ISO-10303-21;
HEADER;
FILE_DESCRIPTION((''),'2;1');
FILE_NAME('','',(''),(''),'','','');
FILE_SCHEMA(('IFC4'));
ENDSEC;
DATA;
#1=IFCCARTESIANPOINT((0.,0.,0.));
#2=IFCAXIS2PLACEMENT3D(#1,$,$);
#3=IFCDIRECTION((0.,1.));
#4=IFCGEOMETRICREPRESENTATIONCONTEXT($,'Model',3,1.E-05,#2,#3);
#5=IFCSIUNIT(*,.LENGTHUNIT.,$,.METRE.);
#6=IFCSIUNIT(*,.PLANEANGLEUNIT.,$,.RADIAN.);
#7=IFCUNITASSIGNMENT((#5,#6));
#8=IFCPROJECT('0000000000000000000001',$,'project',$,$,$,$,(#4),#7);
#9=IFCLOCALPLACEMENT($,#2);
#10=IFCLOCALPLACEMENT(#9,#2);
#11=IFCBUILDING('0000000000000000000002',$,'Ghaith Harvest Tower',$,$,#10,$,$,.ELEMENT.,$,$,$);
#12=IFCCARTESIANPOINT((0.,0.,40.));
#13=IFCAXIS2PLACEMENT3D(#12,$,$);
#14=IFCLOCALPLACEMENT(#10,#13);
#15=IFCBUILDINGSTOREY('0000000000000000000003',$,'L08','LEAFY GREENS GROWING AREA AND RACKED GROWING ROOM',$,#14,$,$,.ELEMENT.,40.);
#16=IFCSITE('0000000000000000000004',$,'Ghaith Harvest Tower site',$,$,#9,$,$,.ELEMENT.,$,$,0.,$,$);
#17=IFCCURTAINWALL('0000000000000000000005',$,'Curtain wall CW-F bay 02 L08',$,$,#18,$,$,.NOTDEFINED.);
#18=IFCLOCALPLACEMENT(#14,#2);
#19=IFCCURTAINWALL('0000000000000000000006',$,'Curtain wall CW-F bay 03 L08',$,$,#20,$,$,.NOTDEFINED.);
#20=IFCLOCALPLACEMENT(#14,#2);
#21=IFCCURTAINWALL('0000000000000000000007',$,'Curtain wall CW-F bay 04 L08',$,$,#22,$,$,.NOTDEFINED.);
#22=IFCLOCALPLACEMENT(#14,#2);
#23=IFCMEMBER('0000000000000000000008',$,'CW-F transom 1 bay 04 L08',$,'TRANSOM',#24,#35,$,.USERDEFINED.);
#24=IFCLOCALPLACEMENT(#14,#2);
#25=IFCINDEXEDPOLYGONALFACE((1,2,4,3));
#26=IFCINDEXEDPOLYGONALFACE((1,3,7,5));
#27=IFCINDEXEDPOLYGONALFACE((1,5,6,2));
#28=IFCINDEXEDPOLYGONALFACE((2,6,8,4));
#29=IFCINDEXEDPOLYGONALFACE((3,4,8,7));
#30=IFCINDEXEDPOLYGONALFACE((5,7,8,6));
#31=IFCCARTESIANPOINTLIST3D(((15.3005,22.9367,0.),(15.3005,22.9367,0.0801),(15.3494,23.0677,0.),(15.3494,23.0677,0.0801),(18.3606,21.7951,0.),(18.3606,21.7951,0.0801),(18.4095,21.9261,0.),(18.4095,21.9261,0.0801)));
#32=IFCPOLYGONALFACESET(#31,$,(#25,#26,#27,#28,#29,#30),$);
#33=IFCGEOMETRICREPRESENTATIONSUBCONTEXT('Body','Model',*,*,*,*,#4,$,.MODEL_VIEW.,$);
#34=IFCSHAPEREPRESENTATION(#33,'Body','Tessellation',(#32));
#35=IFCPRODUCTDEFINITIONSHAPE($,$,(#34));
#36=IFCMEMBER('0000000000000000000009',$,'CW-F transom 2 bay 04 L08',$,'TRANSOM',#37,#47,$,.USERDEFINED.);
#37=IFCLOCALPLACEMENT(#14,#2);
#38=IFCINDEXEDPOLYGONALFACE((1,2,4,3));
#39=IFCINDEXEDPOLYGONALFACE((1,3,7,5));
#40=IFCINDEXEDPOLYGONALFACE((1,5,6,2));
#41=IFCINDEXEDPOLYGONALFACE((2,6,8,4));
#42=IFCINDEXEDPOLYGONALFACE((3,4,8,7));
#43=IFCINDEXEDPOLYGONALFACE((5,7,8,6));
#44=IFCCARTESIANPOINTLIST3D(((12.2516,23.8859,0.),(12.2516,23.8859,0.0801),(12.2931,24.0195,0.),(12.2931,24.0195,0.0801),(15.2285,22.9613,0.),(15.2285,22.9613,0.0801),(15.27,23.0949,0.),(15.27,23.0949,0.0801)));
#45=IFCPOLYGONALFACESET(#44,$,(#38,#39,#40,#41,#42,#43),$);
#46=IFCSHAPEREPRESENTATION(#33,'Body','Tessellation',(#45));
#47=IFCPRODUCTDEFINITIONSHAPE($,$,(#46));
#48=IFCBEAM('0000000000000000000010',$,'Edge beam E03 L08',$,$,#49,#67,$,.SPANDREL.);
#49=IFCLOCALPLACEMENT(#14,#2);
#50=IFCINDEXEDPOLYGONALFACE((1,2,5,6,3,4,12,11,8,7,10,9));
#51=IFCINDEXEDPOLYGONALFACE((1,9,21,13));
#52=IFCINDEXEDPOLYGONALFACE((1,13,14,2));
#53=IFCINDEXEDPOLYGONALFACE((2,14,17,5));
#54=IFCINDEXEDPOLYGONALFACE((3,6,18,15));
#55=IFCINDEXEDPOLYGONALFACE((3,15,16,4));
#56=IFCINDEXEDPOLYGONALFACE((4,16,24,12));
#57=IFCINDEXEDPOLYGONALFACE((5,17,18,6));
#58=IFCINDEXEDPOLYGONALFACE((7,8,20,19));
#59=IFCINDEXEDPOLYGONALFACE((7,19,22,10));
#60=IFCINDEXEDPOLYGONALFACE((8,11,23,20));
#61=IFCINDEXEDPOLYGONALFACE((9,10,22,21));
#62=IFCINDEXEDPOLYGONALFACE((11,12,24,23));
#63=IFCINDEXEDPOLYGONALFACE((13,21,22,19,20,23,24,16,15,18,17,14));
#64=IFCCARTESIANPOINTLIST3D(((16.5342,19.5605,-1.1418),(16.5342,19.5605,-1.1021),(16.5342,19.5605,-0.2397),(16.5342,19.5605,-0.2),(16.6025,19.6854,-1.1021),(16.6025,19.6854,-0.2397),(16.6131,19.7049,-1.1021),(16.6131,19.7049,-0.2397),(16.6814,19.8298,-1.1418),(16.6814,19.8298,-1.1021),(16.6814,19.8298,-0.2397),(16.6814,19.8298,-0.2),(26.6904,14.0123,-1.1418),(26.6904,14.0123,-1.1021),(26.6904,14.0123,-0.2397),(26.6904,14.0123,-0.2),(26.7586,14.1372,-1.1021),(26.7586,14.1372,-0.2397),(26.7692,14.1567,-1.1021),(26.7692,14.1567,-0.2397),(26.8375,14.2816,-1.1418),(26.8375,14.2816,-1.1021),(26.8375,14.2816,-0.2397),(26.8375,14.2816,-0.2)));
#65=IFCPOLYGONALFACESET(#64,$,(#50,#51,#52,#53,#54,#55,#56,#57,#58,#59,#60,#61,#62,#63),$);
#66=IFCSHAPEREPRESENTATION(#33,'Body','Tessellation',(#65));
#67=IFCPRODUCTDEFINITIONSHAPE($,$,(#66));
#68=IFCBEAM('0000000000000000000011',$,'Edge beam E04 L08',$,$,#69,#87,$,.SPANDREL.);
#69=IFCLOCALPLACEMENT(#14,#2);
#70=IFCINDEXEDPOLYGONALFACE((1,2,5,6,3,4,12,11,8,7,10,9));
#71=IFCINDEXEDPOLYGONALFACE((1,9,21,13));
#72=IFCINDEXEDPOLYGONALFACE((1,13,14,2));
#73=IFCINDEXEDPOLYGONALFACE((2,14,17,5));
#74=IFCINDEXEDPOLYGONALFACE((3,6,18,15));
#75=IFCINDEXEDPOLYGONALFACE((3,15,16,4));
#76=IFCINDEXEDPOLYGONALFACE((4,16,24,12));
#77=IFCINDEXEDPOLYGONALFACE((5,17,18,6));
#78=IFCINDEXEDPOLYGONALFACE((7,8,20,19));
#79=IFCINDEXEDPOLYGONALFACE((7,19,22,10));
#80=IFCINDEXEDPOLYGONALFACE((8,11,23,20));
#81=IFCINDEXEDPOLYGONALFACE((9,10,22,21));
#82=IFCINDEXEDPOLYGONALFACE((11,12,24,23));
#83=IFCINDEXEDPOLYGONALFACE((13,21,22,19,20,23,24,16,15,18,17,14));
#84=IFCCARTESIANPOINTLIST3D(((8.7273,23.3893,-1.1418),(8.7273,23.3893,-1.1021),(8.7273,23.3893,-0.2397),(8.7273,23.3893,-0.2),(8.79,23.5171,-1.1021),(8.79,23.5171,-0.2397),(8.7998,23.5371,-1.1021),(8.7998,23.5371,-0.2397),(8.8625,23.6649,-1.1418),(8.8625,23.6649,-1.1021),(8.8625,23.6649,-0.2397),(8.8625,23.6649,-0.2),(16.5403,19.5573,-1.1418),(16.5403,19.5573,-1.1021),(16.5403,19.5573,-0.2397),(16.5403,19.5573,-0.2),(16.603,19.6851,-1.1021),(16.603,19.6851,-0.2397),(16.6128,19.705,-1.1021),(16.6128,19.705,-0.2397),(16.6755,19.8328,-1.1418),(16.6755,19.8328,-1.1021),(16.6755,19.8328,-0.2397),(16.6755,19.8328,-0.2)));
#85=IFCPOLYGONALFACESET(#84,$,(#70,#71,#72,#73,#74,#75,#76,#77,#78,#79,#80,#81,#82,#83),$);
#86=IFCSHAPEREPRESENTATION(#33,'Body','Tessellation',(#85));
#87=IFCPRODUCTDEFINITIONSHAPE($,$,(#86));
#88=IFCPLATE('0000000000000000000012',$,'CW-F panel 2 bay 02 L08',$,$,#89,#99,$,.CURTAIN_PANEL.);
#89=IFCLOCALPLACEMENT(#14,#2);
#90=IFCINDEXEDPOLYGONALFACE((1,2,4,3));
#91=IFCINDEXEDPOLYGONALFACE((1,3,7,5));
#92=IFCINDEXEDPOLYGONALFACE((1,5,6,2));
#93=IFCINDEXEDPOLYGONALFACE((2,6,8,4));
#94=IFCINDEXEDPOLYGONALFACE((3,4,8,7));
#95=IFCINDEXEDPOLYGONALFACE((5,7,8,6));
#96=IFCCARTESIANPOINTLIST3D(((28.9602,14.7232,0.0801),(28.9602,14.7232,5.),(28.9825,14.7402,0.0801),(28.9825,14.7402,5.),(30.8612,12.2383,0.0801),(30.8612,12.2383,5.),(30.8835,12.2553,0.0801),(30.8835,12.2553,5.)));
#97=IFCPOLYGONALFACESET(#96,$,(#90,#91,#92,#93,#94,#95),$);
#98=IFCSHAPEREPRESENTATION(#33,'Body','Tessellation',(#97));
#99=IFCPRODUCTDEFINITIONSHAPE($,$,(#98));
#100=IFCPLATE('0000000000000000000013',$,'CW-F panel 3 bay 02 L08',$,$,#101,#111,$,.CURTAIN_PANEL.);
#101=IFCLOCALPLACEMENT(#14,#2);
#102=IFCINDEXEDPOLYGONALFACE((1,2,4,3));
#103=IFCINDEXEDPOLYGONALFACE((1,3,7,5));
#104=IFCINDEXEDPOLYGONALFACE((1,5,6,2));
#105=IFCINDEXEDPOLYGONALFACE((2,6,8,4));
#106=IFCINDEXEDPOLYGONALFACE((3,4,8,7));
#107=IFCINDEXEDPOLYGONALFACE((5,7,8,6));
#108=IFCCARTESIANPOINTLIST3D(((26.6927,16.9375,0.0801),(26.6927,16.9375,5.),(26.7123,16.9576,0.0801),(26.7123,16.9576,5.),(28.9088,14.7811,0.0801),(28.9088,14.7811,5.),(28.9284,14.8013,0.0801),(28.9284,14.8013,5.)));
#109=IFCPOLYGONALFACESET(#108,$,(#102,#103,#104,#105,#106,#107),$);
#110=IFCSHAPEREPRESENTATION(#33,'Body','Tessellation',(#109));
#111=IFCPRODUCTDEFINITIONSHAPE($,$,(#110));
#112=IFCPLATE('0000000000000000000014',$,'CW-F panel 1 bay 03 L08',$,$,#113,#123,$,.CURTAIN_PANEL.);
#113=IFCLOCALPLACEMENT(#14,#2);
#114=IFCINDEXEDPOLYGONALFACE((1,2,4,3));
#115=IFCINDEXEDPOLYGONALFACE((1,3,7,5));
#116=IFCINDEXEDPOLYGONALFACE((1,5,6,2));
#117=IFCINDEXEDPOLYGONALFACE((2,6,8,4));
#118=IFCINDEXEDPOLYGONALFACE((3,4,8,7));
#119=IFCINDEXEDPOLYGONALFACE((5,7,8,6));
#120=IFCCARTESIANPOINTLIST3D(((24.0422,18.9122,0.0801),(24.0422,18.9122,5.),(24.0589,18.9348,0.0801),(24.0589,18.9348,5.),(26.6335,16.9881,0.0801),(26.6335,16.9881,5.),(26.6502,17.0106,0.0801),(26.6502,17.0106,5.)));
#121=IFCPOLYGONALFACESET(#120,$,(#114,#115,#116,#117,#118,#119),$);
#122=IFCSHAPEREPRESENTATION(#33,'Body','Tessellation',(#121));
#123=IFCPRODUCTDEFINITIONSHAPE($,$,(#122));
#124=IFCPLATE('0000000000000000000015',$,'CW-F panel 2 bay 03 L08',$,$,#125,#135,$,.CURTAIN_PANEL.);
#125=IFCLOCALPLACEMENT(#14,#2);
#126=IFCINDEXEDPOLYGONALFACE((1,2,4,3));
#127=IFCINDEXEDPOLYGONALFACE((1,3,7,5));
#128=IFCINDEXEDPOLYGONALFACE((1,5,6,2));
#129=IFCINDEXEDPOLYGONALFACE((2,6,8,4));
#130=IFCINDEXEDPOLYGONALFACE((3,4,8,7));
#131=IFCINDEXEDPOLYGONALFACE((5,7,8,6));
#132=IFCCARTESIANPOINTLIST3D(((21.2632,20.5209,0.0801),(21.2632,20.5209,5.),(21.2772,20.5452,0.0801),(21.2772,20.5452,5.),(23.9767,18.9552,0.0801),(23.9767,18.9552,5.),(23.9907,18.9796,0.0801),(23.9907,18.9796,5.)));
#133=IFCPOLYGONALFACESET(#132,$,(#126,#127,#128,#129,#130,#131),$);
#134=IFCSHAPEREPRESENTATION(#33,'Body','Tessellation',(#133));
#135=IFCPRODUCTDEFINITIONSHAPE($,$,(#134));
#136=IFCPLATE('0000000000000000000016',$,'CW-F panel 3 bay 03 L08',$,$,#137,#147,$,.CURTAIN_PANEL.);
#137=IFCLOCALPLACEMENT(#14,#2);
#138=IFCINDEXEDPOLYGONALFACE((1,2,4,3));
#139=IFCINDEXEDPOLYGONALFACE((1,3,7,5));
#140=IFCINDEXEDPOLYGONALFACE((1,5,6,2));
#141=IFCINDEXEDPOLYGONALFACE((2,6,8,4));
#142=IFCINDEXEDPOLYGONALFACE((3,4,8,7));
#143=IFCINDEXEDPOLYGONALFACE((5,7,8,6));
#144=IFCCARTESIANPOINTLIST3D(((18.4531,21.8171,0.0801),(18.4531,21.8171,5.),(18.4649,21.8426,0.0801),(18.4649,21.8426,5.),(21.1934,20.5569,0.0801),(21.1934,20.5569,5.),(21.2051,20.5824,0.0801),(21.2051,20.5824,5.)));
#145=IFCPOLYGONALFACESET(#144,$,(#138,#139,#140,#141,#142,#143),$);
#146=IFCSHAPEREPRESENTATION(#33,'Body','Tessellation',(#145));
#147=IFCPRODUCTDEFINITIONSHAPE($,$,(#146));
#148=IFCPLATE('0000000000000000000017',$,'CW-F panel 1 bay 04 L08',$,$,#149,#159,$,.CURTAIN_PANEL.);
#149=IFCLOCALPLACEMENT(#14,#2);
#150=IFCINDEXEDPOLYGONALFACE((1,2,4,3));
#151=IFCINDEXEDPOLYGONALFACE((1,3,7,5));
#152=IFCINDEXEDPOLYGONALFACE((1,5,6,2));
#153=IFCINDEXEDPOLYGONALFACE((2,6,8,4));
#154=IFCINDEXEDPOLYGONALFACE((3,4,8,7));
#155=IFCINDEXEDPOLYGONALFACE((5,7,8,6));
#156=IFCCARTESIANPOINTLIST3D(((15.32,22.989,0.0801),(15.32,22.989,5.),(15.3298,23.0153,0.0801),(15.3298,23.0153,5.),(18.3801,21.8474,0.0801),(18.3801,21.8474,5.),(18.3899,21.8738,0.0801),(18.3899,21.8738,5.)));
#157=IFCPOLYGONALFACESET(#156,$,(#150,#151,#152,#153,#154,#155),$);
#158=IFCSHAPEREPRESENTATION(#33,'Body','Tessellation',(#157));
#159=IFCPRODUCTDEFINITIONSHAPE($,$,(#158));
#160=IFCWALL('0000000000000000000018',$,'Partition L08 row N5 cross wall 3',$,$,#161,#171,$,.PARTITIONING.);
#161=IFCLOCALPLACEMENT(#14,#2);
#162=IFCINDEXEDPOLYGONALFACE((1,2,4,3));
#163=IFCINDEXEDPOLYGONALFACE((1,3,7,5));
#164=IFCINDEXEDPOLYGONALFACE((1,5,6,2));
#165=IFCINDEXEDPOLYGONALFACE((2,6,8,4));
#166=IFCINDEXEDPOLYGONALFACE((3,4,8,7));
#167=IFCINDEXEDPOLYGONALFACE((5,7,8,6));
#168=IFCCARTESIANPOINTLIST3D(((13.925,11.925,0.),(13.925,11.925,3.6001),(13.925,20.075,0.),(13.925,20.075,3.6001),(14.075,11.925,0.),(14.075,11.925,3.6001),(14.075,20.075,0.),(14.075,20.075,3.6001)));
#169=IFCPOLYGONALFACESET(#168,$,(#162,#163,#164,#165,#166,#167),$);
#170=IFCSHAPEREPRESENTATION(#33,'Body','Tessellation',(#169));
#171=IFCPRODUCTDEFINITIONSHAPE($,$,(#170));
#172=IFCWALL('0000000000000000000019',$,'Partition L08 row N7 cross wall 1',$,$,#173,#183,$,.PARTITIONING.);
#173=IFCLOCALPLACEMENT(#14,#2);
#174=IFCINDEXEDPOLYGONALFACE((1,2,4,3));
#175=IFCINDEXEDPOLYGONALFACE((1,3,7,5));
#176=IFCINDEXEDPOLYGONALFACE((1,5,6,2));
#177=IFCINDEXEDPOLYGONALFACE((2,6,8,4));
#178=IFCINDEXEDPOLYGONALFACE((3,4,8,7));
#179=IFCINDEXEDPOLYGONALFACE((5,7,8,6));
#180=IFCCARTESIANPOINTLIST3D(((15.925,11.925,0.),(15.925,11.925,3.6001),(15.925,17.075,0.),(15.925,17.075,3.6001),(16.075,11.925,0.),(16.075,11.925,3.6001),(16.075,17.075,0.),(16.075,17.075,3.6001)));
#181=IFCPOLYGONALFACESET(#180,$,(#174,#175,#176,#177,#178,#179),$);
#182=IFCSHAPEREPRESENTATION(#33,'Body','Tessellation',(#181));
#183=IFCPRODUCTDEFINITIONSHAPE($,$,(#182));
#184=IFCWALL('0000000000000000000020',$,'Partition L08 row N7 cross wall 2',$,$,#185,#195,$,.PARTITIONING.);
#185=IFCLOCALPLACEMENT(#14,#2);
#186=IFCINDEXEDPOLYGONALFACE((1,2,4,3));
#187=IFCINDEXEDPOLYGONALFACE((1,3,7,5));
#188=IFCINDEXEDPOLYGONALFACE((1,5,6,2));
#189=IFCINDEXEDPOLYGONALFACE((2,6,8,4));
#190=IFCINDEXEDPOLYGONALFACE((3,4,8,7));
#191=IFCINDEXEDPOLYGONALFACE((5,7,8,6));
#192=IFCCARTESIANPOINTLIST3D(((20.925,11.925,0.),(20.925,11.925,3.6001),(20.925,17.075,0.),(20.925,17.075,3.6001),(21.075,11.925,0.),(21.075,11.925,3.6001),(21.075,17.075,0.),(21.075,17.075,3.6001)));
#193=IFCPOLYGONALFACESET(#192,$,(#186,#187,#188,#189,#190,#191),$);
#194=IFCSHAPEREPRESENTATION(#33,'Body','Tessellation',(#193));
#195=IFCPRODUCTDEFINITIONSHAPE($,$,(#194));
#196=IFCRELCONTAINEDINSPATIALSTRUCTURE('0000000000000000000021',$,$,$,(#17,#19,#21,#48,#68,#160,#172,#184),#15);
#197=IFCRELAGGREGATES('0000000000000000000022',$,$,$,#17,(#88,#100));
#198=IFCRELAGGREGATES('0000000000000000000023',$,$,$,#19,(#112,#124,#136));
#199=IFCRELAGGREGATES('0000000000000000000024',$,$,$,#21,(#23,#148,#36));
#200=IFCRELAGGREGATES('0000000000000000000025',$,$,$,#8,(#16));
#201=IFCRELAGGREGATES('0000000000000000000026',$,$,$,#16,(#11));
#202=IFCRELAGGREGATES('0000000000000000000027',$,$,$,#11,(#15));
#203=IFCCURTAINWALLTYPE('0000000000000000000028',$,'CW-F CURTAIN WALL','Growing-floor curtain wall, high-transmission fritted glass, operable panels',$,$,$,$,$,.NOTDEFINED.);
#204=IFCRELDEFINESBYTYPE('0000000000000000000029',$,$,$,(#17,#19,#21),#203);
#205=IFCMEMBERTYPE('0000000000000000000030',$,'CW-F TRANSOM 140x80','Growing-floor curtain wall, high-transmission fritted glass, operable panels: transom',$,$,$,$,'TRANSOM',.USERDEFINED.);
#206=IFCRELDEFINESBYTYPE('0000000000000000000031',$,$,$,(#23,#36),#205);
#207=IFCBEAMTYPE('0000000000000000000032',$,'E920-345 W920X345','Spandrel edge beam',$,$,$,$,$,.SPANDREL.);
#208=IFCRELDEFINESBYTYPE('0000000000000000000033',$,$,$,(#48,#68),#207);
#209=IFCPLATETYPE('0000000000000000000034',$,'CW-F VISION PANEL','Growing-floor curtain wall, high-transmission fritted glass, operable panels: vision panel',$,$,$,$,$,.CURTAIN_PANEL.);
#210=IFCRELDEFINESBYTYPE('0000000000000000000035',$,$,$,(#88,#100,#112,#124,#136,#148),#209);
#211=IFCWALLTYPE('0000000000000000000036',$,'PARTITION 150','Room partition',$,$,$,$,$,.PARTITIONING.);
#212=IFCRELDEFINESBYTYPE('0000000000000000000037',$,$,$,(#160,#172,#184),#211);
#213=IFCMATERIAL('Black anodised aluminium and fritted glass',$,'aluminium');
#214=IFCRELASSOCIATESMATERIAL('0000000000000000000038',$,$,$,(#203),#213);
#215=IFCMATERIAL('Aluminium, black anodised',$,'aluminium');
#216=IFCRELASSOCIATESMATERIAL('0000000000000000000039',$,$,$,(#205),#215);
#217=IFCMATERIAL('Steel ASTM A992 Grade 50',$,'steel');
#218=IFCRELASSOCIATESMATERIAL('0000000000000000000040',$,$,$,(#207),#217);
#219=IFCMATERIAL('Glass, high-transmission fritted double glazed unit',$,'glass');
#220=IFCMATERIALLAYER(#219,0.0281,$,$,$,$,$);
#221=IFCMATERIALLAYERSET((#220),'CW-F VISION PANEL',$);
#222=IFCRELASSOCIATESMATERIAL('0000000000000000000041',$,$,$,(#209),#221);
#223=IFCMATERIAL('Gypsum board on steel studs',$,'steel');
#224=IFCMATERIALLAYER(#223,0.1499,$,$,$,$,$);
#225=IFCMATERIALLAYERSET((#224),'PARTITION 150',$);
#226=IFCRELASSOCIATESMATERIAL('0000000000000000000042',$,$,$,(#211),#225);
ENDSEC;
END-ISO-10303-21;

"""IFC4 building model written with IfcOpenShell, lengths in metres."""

from ifc_helpers import new_model, si_unit, direction, frame, frame_2d, origin, origin_2d, place, context, subcontext, project, spatial, rectangle, i_section, extrude, material, layer, layer_set, material_profile, profile_set, type_object, element, aggregate, save


model = new_model("IFC4")

# Units and contexts
model_context = context("Model", 3, precision=1e-05, world=origin(), true_north=direction((0.0, 1.0)))
body_context = subcontext(model_context, "Body", "Model", "MODEL_VIEW")
ifc_project = project(units=[si_unit("LENGTHUNIT", "METRE"), si_unit("PLANEANGLEUNIT", "RADIAN")], contexts=[model_context])

# Site, building, storey
site_placement = place(None, origin())
site = spatial("IfcSite", under=ifc_project, at=site_placement, Name="Ghaith Harvest Tower site", CompositionType="ELEMENT", RefElevation=0.0)
building_placement = place(site_placement, origin())
building = spatial("IfcBuilding", under=site, at=building_placement, Name="Ghaith Harvest Tower", CompositionType="ELEMENT")
storey_placement = place(building_placement, frame((0.0, 0.0, 40.0)))
storey = spatial("IfcBuildingStorey", under=building, at=storey_placement, Name="L08", Description="LEAFY GREENS GROWING AREA AND RACKED GROWING ROOM", CompositionType="ELEMENT", Elevation=40.0)

# Curtain walls
ifc_material_1 = material(Name="Black anodised aluminium and fritted glass", Category="aluminium")
curtain_wall_type = type_object("IfcCurtainWallType", Name="CW-F CURTAIN WALL", Description="Growing-floor curtain wall, high-transmission fritted glass, operable panels", PredefinedType="NOTDEFINED", material=ifc_material_1)
curtain_wall_1_placement = place(storey_placement, origin())
curtain_wall_1 = element("IfcCurtainWall", 1, at=curtain_wall_1_placement, inside=storey, type_object=curtain_wall_type, Name="Curtain wall CW-F bay 02 L08", PredefinedType="NOTDEFINED")
curtain_wall_2_placement = place(storey_placement, origin())
curtain_wall_2 = element("IfcCurtainWall", 2, at=curtain_wall_2_placement, inside=storey, type_object=curtain_wall_type, Name="Curtain wall CW-F bay 03 L08", PredefinedType="NOTDEFINED")
curtain_wall_3_placement = place(storey_placement, origin())
curtain_wall_3 = element("IfcCurtainWall", 3, at=curtain_wall_3_placement, inside=storey, type_object=curtain_wall_type, Name="Curtain wall CW-F bay 04 L08", PredefinedType="NOTDEFINED")

# Members
ifc_material_2 = material(Name="Aluminium, black anodised", Category="aluminium")
ifc_material_profile_1 = material_profile(ifc_material_2, rectangle(XDim=0.1399, YDim=0.0801, at=origin_2d()), Name="CW-F TRANSOM 140x80")
ifc_profile_set_1 = profile_set([ifc_material_profile_1], Name="Aluminium, black anodised")
member_type_1 = type_object("IfcMemberType", Name="CW-F TRANSOM 140x80", Description="Growing-floor curtain wall, high-transmission fritted glass, operable panels: transom", ElementType="TRANSOM", PredefinedType="USERDEFINED", material=ifc_profile_set_1)
member_1_placement = place(storey_placement, frame((18.385, 21.8606, 0.04), z_axis=(-0.936924, 0.349534, 0.0), x_axis=(-0.349534, -0.936924, 0.0)))
member_1 = element("IfcMember", 4, at=member_1_placement, type_object=member_type_1, Name="CW-F transom 1 bay 04 L08", ObjectType="TRANSOM", PredefinedType="USERDEFINED", context=body_context, shape_type="SweptSolid", body=[
    extrude(rectangle(XDim=0.1399, YDim=0.0801, at=origin_2d()), origin(), (0.0, 0.0, 1.0), 3.2661),
])
member_2_placement = place(storey_placement, frame((15.2493, 23.0281, 0.04), z_axis=(-0.954998, 0.296611, 0.0), x_axis=(-0.296611, -0.954998, 0.0)))
member_2 = element("IfcMember", 5, at=member_2_placement, type_object=member_type_1, Name="CW-F transom 2 bay 04 L08", ObjectType="TRANSOM", PredefinedType="USERDEFINED", context=body_context, shape_type="SweptSolid", body=[
    extrude(rectangle(XDim=0.1399, YDim=0.0801, at=origin_2d()), origin(), (0.0, 0.0, 1.0), 3.1172),
])

# Beams
ifc_material_3 = material(Name="Steel ASTM A992 Grade 50", Category="steel")
ifc_material_profile_2 = material_profile(ifc_material_3, i_section(OverallWidth=0.3069, OverallDepth=0.9419, WebThickness=0.0222, FlangeThickness=0.0398, at=origin_2d()), Name="W920X345")
ifc_profile_set_2 = profile_set([ifc_material_profile_2], Name="Steel ASTM A992 Grade 50")
beam_type = type_object("IfcBeamType", Name="E920-345 W920X345", Description="Spandrel edge beam", PredefinedType="SPANDREL", material=ifc_profile_set_2)
beam_1_placement = place(storey_placement, frame((26.7639, 14.147, -0.6709), z_axis=(-0.877588, 0.479415, 0.0), x_axis=(-0.479415, -0.877588, 0.0)))
element("IfcBeam", 6, at=beam_1_placement, inside=storey, type_object=beam_type, Name="Edge beam E03 L08", PredefinedType="SPANDREL", context=body_context, shape_type="SweptSolid", body=[
    extrude(i_section(OverallWidth=0.3069, OverallDepth=0.9419, WebThickness=0.0222, FlangeThickness=0.0398, at=origin_2d()), origin(), (0.0, 0.0, 1.0), 11.5728),
])
beam_2_placement = place(storey_placement, frame((16.6079, 19.6951, -0.6709), z_axis=(-0.897824, 0.440355, 0.0), x_axis=(-0.440355, -0.897824, 0.0)))
element("IfcBeam", 7, at=beam_2_placement, inside=storey, type_object=beam_type, Name="Edge beam E04 L08", PredefinedType="SPANDREL", context=body_context, shape_type="SweptSolid", body=[
    extrude(i_section(OverallWidth=0.3069, OverallDepth=0.9419, WebThickness=0.0222, FlangeThickness=0.0398, at=origin_2d()), origin(), (0.0, 0.0, 1.0), 8.7021),
])

# Plates
ifc_material_4 = material(Name="Glass, high-transmission fritted double glazed unit", Category="glass")
ifc_layer_1 = layer(ifc_material_4, 0.0281)
ifc_layer_set_1 = layer_set([ifc_layer_1], Name="CW-F VISION PANEL")
plate_type = type_object("IfcPlateType", Name="CW-F VISION PANEL", Description="Growing-floor curtain wall, high-transmission fritted glass, operable panels: vision panel", PredefinedType="CURTAIN_PANEL", material=ifc_layer_set_1)
plate_1_placement = place(storey_placement, frame((29.9219, 13.4893, 0.0801), z_axis=(0.0, 0.0, 1.0), x_axis=(-0.607612, 0.794234, 0.0)))
plate_1 = element("IfcPlate", 8, at=plate_1_placement, type_object=plate_type, Name="CW-F panel 2 bay 02 L08", PredefinedType="CURTAIN_PANEL", context=body_context, shape_type="SweptSolid", body=[
    extrude(rectangle(XDim=3.1287, YDim=0.0281, at=origin_2d()), origin(), (0.0, 0.0, 1.0), 4.9199),
])
plate_2_placement = place(storey_placement, frame((27.8105, 15.8694, 0.0801), z_axis=(0.0, 0.0, 1.0), x_axis=(-0.716691, 0.697391, 0.0)))
plate_2 = element("IfcPlate", 9, at=plate_2_placement, type_object=plate_type, Name="CW-F panel 3 bay 02 L08", PredefinedType="CURTAIN_PANEL", context=body_context, shape_type="SweptSolid", body=[
    extrude(rectangle(XDim=3.092, YDim=0.0281, at=origin_2d()), origin(), (0.0, 0.0, 1.0), 4.9199),
])
aggregate(curtain_wall_1, [plate_1, plate_2])
plate_3_placement = place(storey_placement, frame((25.3462, 17.9614, 0.0801), z_axis=(0.0, 0.0, 1.0), x_axis=(-0.802867, 0.596158, 0.0)))
plate_3 = element("IfcPlate", 10, at=plate_3_placement, type_object=plate_type, Name="CW-F panel 1 bay 03 L08", PredefinedType="CURTAIN_PANEL", context=body_context, shape_type="SweptSolid", body=[
    extrude(rectangle(XDim=3.2275, YDim=0.0281, at=origin_2d()), origin(), (0.0, 0.0, 1.0), 4.9199),
])
plate_4_placement = place(storey_placement, frame((22.627, 19.7502, 0.0801), z_axis=(0.0, 0.0, 1.0), x_axis=(-0.866159, 0.499768, 0.0)))
plate_4 = element("IfcPlate", 11, at=plate_4_placement, type_object=plate_type, Name="CW-F panel 2 bay 03 L08", PredefinedType="CURTAIN_PANEL", context=body_context, shape_type="SweptSolid", body=[
    extrude(rectangle(XDim=3.1328, YDim=0.0281, at=origin_2d()), origin(), (0.0, 0.0, 1.0), 4.9199),
])
plate_5_placement = place(storey_placement, frame((19.8291, 21.1997, 0.0801), z_axis=(0.0, 0.0, 1.0), x_axis=(-0.90853, 0.417821, 0.0)))
plate_5 = element("IfcPlate", 12, at=plate_5_placement, type_object=plate_type, Name="CW-F panel 3 bay 03 L08", PredefinedType="CURTAIN_PANEL", context=body_context, shape_type="SweptSolid", body=[
    extrude(rectangle(XDim=3.0161, YDim=0.0281, at=origin_2d()), origin(), (0.0, 0.0, 1.0), 4.9199),
])
aggregate(curtain_wall_2, [plate_3, plate_4, plate_5])
plate_6_placement = place(storey_placement, frame((16.855, 22.4314, 0.0801), z_axis=(0.0, 0.0, 1.0), x_axis=(-0.936926, 0.349526, 0.0)))
plate_6 = element("IfcPlate", 13, at=plate_6_placement, type_object=plate_type, Name="CW-F panel 1 bay 04 L08", PredefinedType="CURTAIN_PANEL", context=body_context, shape_type="SweptSolid", body=[
    extrude(rectangle(XDim=3.2661, YDim=0.0281, at=origin_2d()), origin(), (0.0, 0.0, 1.0), 4.9199),
])
aggregate(curtain_wall_3, [member_1, plate_6, member_2])

# Walls
ifc_material_5 = material(Name="Gypsum board on steel studs", Category="steel")
ifc_layer_2 = layer(ifc_material_5, 0.1499)
ifc_layer_set_2 = layer_set([ifc_layer_2], Name="PARTITION 150")
wall_type = type_object("IfcWallType", Name="PARTITION 150", Description="Room partition", PredefinedType="PARTITIONING", material=ifc_layer_set_2)
wall_1_placement = place(storey_placement, frame((14.0, 11.925, 0.0), z_axis=(0.0, 0.0, 1.0), x_axis=(0.0, 1.0, 0.0)))
element("IfcWall", 14, at=wall_1_placement, inside=storey, type_object=wall_type, Name="Partition L08 row N5 cross wall 3", PredefinedType="PARTITIONING", context=body_context, shape_type="SweptSolid", body=[
    extrude(rectangle(XDim=8.1499, YDim=0.1499, at=frame_2d((4.075, 0.0))), origin(), (0.0, 0.0, 1.0), 3.6001),
])
for number, where, z_axis, x_axis, name in (
    (15, (16.0, 11.925, 0.0), (0.0, 0.0, 1.0), (0.0, 1.0, 0.0), "Partition L08 row N7 cross wall 1"),
    (16, (21.0, 11.925, 0.0), (0.0, 0.0, 1.0), (0.0, 1.0, 0.0), "Partition L08 row N7 cross wall 2"),
):
    element("IfcWall", number, at=place(storey_placement, frame(where, z_axis=z_axis, x_axis=x_axis)), inside=storey, type_object=wall_type, Name=name, PredefinedType="PARTITIONING", context=body_context, shape_type="SweptSolid", body=[
        extrude(rectangle(XDim=5.1499, YDim=0.1499, at=frame_2d((2.575, 0.0))), origin(), (0.0, 0.0, 1.0), 3.6001),
    ])

save(model, "model.ifc")
